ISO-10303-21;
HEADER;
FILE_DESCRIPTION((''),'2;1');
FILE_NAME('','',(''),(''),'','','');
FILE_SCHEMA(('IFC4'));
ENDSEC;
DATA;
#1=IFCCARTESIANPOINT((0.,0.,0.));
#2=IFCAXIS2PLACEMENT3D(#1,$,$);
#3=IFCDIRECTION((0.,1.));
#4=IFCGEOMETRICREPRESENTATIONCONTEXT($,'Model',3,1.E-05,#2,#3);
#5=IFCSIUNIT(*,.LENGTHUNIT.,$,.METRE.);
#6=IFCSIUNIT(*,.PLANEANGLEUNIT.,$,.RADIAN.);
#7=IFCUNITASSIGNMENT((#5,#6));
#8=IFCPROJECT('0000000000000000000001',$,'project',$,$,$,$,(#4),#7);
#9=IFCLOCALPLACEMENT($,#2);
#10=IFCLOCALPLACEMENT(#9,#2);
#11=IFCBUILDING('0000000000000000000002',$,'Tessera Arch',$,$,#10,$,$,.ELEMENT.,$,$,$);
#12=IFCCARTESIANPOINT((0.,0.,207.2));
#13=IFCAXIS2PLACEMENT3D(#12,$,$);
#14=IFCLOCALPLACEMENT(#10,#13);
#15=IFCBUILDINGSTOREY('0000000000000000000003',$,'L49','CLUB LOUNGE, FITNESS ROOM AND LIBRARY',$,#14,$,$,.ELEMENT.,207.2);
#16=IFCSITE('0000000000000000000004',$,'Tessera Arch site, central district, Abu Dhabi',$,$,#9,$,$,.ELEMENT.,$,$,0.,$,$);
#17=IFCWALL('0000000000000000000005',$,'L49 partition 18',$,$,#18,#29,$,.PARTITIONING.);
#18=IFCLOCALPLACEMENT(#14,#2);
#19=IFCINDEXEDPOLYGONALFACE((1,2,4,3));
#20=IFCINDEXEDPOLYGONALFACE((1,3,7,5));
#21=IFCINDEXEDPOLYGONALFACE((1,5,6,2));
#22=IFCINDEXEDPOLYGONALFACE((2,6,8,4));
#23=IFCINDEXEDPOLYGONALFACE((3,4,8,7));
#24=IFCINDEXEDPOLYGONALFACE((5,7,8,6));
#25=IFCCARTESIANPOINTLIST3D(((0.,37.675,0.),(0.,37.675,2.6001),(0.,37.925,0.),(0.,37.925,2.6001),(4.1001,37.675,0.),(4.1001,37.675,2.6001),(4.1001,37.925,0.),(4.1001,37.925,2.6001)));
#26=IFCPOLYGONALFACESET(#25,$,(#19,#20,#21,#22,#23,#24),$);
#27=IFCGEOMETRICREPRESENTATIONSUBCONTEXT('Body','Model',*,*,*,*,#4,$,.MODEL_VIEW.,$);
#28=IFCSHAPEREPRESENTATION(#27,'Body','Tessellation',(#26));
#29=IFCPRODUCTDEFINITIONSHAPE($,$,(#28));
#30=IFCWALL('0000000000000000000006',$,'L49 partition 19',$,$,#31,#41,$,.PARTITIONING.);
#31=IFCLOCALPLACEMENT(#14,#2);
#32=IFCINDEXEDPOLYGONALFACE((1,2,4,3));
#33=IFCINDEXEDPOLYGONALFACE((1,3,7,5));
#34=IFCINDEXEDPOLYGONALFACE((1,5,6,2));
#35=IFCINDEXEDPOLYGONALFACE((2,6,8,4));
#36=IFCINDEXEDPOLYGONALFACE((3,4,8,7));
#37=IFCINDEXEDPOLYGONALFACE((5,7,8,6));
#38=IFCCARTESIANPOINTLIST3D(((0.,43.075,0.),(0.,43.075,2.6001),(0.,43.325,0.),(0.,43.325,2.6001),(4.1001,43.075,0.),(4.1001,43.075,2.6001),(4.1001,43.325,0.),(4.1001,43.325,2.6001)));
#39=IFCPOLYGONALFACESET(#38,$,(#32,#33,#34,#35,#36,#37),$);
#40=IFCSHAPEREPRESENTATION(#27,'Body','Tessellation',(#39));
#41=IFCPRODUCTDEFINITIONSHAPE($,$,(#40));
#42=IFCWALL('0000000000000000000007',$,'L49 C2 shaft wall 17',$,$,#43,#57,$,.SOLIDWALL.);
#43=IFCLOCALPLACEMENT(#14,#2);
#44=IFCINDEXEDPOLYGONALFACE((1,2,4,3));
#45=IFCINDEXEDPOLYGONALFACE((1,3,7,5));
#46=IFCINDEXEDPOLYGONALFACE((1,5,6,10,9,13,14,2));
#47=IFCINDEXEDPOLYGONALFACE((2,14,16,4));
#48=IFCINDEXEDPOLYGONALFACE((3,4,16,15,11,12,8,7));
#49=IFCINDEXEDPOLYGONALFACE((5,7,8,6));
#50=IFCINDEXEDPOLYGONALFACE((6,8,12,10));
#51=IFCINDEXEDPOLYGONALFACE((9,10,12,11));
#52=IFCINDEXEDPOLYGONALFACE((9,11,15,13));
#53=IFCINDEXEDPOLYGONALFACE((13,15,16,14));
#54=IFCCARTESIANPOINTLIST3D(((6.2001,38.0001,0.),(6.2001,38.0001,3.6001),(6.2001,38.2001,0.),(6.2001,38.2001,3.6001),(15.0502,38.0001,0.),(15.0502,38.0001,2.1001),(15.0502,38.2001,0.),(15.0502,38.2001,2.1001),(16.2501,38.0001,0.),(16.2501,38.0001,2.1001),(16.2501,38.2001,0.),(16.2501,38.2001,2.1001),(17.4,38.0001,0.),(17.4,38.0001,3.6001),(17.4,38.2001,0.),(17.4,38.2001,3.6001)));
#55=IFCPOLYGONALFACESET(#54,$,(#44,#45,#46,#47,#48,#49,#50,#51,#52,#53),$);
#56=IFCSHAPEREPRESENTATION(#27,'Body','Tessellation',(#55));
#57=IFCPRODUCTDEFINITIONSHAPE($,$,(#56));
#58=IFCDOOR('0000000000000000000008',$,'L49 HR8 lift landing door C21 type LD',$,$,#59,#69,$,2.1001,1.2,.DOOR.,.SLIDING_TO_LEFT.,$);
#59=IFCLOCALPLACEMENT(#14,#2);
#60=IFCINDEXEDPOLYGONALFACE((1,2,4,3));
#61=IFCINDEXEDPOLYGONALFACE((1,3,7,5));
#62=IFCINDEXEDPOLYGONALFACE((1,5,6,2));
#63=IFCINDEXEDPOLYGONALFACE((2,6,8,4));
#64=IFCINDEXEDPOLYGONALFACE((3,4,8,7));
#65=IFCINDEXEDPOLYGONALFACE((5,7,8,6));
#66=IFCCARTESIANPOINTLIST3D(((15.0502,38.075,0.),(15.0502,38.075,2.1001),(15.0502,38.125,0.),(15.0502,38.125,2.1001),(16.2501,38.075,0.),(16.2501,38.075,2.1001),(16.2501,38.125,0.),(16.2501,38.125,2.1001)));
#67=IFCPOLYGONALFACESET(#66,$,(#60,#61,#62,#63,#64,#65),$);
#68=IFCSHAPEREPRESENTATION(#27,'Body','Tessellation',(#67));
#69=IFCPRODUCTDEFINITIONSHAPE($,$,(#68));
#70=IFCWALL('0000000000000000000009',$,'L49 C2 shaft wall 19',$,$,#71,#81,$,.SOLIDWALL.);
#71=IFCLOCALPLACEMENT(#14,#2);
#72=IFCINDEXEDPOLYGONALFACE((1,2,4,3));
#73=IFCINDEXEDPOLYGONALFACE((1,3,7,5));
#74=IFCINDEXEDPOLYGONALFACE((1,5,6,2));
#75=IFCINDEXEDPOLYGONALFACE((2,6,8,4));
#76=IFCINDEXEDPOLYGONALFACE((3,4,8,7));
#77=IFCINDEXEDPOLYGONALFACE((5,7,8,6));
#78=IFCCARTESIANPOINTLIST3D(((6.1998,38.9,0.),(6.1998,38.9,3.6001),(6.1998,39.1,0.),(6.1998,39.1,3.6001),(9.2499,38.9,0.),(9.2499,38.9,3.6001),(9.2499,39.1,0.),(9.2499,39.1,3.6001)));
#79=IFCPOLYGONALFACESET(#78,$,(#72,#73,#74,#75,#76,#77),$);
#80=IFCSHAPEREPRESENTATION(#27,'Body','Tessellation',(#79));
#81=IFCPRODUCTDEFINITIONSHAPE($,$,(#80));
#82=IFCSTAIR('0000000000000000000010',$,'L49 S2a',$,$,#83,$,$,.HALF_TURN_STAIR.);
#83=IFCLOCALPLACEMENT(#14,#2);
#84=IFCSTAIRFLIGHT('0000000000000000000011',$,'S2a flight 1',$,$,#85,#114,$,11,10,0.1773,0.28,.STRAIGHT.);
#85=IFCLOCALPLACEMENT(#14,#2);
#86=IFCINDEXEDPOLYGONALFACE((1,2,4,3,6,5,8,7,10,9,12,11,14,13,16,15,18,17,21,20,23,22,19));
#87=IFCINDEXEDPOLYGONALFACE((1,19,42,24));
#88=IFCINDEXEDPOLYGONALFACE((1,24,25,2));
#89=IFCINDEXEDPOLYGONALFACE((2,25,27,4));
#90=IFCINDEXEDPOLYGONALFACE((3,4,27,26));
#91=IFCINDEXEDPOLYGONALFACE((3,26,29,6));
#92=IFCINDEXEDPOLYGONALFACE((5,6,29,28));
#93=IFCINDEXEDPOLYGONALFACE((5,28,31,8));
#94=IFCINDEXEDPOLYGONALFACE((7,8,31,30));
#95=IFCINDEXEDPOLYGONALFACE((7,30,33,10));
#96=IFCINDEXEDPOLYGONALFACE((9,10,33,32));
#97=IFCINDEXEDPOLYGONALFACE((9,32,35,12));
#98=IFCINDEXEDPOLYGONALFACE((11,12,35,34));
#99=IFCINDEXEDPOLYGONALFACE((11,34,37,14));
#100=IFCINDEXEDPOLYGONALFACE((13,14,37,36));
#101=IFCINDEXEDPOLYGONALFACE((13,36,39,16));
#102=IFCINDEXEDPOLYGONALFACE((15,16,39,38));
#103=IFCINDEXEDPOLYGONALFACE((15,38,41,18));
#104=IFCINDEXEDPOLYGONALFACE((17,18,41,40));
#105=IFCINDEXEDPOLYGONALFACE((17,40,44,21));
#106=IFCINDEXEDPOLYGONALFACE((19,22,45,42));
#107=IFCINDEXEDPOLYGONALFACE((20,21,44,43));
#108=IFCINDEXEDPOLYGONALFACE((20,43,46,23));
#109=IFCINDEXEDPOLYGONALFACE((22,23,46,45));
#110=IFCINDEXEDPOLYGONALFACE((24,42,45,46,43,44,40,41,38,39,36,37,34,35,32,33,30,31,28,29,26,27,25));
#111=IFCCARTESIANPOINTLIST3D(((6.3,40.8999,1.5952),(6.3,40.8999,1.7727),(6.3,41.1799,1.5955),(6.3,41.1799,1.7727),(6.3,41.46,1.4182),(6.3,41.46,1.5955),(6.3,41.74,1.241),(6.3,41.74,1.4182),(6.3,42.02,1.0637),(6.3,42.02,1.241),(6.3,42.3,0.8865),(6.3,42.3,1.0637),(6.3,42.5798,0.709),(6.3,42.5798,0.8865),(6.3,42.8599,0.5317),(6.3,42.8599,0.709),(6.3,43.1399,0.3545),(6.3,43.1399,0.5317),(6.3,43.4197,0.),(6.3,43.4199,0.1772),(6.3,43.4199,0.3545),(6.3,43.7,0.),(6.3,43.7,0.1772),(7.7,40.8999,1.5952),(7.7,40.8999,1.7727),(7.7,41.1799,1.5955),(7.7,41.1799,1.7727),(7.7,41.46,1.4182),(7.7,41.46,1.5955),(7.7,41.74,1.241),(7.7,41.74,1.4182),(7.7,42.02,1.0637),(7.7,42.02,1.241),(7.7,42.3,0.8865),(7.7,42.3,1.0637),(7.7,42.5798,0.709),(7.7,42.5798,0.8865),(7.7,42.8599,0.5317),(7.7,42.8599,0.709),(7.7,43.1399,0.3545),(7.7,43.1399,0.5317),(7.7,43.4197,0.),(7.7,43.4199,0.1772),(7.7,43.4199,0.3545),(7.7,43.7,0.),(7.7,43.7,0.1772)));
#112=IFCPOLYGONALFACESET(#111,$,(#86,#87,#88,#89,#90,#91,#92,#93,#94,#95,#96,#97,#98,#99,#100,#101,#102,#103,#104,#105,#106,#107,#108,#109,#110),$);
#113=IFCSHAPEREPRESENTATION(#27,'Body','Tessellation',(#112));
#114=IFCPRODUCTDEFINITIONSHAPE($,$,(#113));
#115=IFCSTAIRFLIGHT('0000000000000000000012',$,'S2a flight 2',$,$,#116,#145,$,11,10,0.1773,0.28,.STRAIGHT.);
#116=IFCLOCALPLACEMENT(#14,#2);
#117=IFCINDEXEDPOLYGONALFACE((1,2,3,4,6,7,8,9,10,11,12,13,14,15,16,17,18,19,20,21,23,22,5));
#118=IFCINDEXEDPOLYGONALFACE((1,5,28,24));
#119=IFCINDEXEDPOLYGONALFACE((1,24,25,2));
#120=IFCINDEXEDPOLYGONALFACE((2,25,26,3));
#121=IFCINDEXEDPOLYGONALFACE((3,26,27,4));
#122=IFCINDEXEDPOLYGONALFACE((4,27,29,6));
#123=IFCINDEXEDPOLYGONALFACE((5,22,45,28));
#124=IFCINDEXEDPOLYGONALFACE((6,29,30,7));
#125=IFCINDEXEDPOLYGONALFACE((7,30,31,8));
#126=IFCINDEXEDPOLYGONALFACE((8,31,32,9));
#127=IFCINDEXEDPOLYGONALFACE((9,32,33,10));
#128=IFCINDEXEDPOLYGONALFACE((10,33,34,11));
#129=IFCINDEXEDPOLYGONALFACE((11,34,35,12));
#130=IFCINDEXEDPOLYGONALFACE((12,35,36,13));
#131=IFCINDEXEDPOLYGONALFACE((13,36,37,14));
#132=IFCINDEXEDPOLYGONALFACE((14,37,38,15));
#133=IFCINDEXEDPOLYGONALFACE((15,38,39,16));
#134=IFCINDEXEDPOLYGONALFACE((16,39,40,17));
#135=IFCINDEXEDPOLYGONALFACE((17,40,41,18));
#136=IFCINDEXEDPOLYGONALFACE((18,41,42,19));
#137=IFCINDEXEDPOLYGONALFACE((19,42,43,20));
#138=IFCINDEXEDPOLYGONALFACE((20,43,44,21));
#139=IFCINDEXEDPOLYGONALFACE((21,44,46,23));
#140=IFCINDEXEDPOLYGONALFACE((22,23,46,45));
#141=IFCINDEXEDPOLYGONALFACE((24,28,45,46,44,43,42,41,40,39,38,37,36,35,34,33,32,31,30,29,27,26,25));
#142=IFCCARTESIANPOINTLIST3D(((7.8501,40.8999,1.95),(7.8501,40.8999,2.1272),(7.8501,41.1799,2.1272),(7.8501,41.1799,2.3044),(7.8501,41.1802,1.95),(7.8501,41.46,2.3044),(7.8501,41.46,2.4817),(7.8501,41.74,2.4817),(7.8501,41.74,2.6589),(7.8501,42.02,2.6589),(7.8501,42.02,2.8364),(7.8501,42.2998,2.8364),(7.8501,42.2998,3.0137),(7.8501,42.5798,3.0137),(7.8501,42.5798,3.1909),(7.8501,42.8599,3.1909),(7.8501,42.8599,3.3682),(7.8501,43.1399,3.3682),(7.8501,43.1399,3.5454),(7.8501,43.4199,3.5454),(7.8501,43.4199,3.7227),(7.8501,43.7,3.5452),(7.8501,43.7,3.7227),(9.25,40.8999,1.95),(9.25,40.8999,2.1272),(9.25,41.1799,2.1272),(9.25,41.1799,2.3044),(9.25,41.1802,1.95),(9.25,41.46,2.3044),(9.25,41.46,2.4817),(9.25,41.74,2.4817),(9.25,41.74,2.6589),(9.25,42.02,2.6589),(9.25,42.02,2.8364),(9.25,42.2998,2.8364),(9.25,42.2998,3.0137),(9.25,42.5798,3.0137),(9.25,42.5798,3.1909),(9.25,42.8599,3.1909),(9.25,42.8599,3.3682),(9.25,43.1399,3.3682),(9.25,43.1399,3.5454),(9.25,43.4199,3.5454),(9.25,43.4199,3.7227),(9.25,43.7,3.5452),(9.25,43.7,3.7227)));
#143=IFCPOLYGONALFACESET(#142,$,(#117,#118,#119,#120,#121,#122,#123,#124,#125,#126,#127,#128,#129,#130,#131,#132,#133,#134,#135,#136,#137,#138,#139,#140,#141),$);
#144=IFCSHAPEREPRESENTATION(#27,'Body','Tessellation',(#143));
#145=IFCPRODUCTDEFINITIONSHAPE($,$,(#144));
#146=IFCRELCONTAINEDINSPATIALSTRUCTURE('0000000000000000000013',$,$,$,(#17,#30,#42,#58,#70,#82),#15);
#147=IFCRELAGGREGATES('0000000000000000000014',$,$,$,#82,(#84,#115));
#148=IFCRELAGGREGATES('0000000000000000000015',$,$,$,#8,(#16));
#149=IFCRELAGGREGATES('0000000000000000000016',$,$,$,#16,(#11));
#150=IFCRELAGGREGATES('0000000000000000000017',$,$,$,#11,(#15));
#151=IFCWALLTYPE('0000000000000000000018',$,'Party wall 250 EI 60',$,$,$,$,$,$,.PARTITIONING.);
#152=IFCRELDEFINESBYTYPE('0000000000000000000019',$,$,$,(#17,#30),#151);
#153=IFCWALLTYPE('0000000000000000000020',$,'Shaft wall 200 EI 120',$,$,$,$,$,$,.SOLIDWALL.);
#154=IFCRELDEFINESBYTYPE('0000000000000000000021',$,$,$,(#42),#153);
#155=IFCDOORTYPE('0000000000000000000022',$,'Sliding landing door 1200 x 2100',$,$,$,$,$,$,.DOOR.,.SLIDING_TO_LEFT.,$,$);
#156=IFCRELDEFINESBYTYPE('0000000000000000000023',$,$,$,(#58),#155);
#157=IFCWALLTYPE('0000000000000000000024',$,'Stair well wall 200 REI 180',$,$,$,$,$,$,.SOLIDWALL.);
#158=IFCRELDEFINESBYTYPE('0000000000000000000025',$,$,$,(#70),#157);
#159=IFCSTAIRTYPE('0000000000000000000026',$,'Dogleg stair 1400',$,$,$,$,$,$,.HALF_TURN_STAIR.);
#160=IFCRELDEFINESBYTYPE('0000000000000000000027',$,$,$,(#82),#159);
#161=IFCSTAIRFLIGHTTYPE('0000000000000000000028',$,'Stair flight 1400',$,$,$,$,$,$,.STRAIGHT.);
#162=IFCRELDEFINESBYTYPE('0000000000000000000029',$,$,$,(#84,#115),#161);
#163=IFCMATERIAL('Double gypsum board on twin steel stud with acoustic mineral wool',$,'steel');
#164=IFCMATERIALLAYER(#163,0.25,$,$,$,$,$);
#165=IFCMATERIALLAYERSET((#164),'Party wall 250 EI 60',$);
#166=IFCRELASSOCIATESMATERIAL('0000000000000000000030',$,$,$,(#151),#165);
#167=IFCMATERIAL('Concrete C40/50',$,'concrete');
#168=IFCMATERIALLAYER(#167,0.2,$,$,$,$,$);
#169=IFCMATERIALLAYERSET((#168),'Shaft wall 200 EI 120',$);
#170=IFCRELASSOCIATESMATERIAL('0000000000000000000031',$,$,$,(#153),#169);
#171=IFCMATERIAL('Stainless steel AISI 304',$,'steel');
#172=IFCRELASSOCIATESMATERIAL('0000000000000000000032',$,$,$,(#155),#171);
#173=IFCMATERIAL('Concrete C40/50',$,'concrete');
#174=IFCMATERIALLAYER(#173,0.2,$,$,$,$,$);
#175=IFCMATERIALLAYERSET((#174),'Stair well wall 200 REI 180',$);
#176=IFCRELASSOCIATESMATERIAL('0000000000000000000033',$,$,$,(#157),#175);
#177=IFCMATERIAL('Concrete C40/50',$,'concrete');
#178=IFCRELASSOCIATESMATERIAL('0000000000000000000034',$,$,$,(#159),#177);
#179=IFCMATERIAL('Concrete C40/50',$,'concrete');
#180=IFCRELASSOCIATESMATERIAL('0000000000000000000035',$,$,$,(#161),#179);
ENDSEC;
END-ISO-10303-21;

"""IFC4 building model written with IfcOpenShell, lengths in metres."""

from ifc_helpers import new_model, si_unit, direction, frame, frame_2d, origin, place, context, subcontext, project, spatial, polyline, rectangle, outline, extrude, material, layer, layer_set, type_object, element, fill, aggregate, save


model = new_model("IFC4")

# Units and contexts
model_context = context("Model", 3, precision=1e-05, world=origin(), true_north=direction((0.0, 1.0)))
body_context = subcontext(model_context, "Body", "Model", "MODEL_VIEW")
ifc_project = project(units=[si_unit("LENGTHUNIT", "METRE"), si_unit("PLANEANGLEUNIT", "RADIAN")], contexts=[model_context])

# Site, building, storey
site_placement = place(None, origin())
site = spatial("IfcSite", under=ifc_project, at=site_placement, Name="Tessera Arch site, central district, Abu Dhabi", CompositionType="ELEMENT", RefElevation=0.0)
building_placement = place(site_placement, origin())
building = spatial("IfcBuilding", under=site, at=building_placement, Name="Tessera Arch", CompositionType="ELEMENT")
storey_placement = place(building_placement, frame((0.0, 0.0, 207.2)))
storey = spatial("IfcBuildingStorey", under=building, at=storey_placement, Name="L49", Description="CLUB LOUNGE, FITNESS ROOM AND LIBRARY", CompositionType="ELEMENT", Elevation=207.2)

# Walls
ifc_material_1 = material(Name="Double gypsum board on twin steel stud with acoustic mineral wool", Category="steel")
ifc_layer_1 = layer(ifc_material_1, 0.25)
ifc_layer_set_1 = layer_set([ifc_layer_1], Name="Party wall 250 EI 60")
wall_type_1 = type_object("IfcWallType", Name="Party wall 250 EI 60", PredefinedType="PARTITIONING", material=ifc_layer_set_1)
for number, where, z_axis, x_axis, name in (
    (1, (0.0, 37.8, 0.0), (0.0, 0.0, 1.0), (1.0, 0.0, 0.0), "L49 partition 18"),
    (2, (0.0, 43.2, 0.0), (0.0, 0.0, 1.0), (1.0, 0.0, 0.0), "L49 partition 19"),
):
    element("IfcWall", number, at=place(storey_placement, frame(where, z_axis=z_axis, x_axis=x_axis)), inside=storey, type_object=wall_type_1, Name=name, PredefinedType="PARTITIONING", context=body_context, shape_type="SweptSolid", body=[
        extrude(rectangle(XDim=4.1001, YDim=0.25, at=frame_2d((2.05, 0.0))), origin(), (0.0, 0.0, 1.0), 2.6001),
    ])

# Wall, opening, door
ifc_material_2 = material(Name="Concrete C40/50", Category="concrete")
ifc_layer_2 = layer(ifc_material_2, 0.2)
ifc_layer_set_2 = layer_set([ifc_layer_2], Name="Shaft wall 200 EI 120")
wall_type_2 = type_object("IfcWallType", Name="Shaft wall 200 EI 120", PredefinedType="SOLIDWALL", material=ifc_layer_set_2)
wall_1_placement = place(storey_placement, frame((6.2, 38.1001, 0.0), z_axis=(0.0, 0.0, 1.0), x_axis=(1.0, 0.0, 0.0)))
wall_1 = element("IfcWall", 3, at=wall_1_placement, inside=storey, type_object=wall_type_2, Name="L49 C2 shaft wall 17", PredefinedType="SOLIDWALL", context=body_context, shape_type="SweptSolid", body=[
    extrude(rectangle(XDim=11.2, YDim=0.2, at=frame_2d((5.6001, 0.0))), origin(), (0.0, 0.0, 1.0), 3.6001),
])
opening_1_placement = place(wall_1_placement, frame((8.8501, 0.0, 0.0)))
opening_1 = element("IfcOpeningElement", 4, at=opening_1_placement, cuts=wall_1, PredefinedType="OPENING", context=body_context, shape_type="SweptSolid", body=[
    extrude(rectangle(XDim=1.2, YDim=2.1001, at=frame_2d((0.6001, 1.05))), frame((0.0, 0.1099, 0.0), z_axis=(0.0, -1.0, 0.0), x_axis=(1.0, 0.0, 0.0)), (0.0, 0.0, 1.0), 0.22),
])
ifc_material_3 = material(Name="Stainless steel AISI 304", Category="steel")
door_type_1 = type_object("IfcDoorType", Name="Sliding landing door 1200 x 2100", OperationType="SLIDING_TO_LEFT", PredefinedType="DOOR", material=ifc_material_3)
door_1_placement = place(opening_1_placement, origin())
door_1 = element("IfcDoor", 5, at=door_1_placement, inside=storey, type_object=door_type_1, Name="L49 HR8 lift landing door C21 type LD", OperationType="SLIDING_TO_LEFT", OverallHeight=2.1001, OverallWidth=1.2, PredefinedType="DOOR", context=body_context, shape_type="SweptSolid", body=[
    extrude(rectangle(XDim=1.2, YDim=2.1001, at=frame_2d((0.6001, 1.05))), frame((0.0, 0.0249, 0.0), z_axis=(0.0, -1.0, 0.0), x_axis=(1.0, 0.0, 0.0)), (0.0, 0.0, 1.0), 0.05),
])
fill(opening_1, door_1)

# Wall
ifc_material_4 = material(Name="Concrete C40/50", Category="concrete")
ifc_layer_3 = layer(ifc_material_4, 0.2)
ifc_layer_set_3 = layer_set([ifc_layer_3], Name="Stair well wall 200 REI 180")
wall_type_3 = type_object("IfcWallType", Name="Stair well wall 200 REI 180", PredefinedType="SOLIDWALL", material=ifc_layer_set_3)
wall_2_placement = place(storey_placement, frame((6.2, 39.0, 0.0), z_axis=(0.0, 0.0, 1.0), x_axis=(1.0, 0.0, 0.0)))
element("IfcWall", 6, at=wall_2_placement, inside=storey, type_object=wall_type_3, Name="L49 C2 shaft wall 19", PredefinedType="SOLIDWALL", context=body_context, shape_type="SweptSolid", body=[
    extrude(rectangle(XDim=3.05, YDim=0.2, at=frame_2d((1.5249, 0.0))), origin(), (0.0, 0.0, 1.0), 3.6001),
])

# Stair, stair flights
ifc_material_5 = material(Name="Concrete C40/50", Category="concrete")
stair_type = type_object("IfcStairType", Name="Dogleg stair 1400", PredefinedType="HALF_TURN_STAIR", material=ifc_material_5)
stair_placement = place(storey_placement, origin())
stair = element("IfcStair", 7, at=stair_placement, inside=storey, type_object=stair_type, Name="L49 S2a", PredefinedType="HALF_TURN_STAIR")
ifc_material_6 = material(Name="Concrete C40/50", Category="concrete")
stair_flight_type = type_object("IfcStairFlightType", Name="Stair flight 1400", PredefinedType="STRAIGHT", material=ifc_material_6)
stair_flight_1_placement = place(storey_placement, frame((7.0, 43.7, 0.0), z_axis=(0.0, 0.0, 1.0), x_axis=(0.0, -1.0, 0.0)))
stair_flight_1 = element("IfcStairFlight", 8, at=stair_flight_1_placement, type_object=stair_flight_type, Name="S2a flight 1", NumberOfRisers=11, NumberOfTreads=10, PredefinedType="STRAIGHT", RiserHeight=0.1773, TreadLength=0.28, context=body_context, shape_type="SweptSolid", body=[
    extrude(outline(polyline([(0.0, 0.0), (0.0, 0.1772), (0.28, 0.1772), (0.28, 0.3545), (0.5601, 0.3545), (0.5601, 0.5317), (0.8401, 0.5317), (0.8401, 0.709), (1.1201, 0.709), (1.1201, 0.8865), (1.3999, 0.8865), (1.3999, 1.0637), (1.6799, 1.0637), (1.6799, 1.241), (1.96, 1.241), (1.96, 1.4182), (2.24, 1.4182), (2.24, 1.5955), (2.52, 1.5955), (2.52, 1.7727), (2.8, 1.7727), (2.8, 1.95), (2.8, 1.5952), (0.2803, 0.0), (0.0, 0.0)])), frame((0.0, 0.7, 0.0), z_axis=(0.0, -1.0, 0.0), x_axis=(1.0, 0.0, 0.0)), (0.0, 0.0, 1.0), 1.3999),
])
stair_flight_2_placement = place(storey_placement, frame((8.55, 40.8999, 1.95), z_axis=(0.0, 0.0, 1.0), x_axis=(0.0, 1.0, 0.0)))
stair_flight_2 = element("IfcStairFlight", 9, at=stair_flight_2_placement, type_object=stair_flight_type, Name="S2a flight 2", NumberOfRisers=11, NumberOfTreads=10, PredefinedType="STRAIGHT", RiserHeight=0.1773, TreadLength=0.28, context=body_context, shape_type="SweptSolid", body=[
    extrude(outline(polyline([(0.0, 0.0), (0.0, 0.1772), (0.28, 0.1772), (0.28, 0.3545), (0.5601, 0.3545), (0.5601, 0.5317), (0.8401, 0.5317), (0.8401, 0.709), (1.1201, 0.709), (1.1201, 0.8865), (1.3999, 0.8865), (1.3999, 1.0637), (1.6799, 1.0637), (1.6799, 1.241), (1.96, 1.241), (1.96, 1.4182), (2.24, 1.4182), (2.24, 1.5955), (2.52, 1.5955), (2.52, 1.7727), (2.8, 1.7727), (2.8, 1.95), (2.8, 1.5952), (0.2803, 0.0), (0.0, 0.0)])), frame((0.0, 0.7, 0.0), z_axis=(0.0, -1.0, 0.0), x_axis=(1.0, 0.0, 0.0)), (0.0, 0.0, 1.0), 1.3999),
])
aggregate(stair, [stair_flight_1, stair_flight_2])

save(model, "model.ifc")
